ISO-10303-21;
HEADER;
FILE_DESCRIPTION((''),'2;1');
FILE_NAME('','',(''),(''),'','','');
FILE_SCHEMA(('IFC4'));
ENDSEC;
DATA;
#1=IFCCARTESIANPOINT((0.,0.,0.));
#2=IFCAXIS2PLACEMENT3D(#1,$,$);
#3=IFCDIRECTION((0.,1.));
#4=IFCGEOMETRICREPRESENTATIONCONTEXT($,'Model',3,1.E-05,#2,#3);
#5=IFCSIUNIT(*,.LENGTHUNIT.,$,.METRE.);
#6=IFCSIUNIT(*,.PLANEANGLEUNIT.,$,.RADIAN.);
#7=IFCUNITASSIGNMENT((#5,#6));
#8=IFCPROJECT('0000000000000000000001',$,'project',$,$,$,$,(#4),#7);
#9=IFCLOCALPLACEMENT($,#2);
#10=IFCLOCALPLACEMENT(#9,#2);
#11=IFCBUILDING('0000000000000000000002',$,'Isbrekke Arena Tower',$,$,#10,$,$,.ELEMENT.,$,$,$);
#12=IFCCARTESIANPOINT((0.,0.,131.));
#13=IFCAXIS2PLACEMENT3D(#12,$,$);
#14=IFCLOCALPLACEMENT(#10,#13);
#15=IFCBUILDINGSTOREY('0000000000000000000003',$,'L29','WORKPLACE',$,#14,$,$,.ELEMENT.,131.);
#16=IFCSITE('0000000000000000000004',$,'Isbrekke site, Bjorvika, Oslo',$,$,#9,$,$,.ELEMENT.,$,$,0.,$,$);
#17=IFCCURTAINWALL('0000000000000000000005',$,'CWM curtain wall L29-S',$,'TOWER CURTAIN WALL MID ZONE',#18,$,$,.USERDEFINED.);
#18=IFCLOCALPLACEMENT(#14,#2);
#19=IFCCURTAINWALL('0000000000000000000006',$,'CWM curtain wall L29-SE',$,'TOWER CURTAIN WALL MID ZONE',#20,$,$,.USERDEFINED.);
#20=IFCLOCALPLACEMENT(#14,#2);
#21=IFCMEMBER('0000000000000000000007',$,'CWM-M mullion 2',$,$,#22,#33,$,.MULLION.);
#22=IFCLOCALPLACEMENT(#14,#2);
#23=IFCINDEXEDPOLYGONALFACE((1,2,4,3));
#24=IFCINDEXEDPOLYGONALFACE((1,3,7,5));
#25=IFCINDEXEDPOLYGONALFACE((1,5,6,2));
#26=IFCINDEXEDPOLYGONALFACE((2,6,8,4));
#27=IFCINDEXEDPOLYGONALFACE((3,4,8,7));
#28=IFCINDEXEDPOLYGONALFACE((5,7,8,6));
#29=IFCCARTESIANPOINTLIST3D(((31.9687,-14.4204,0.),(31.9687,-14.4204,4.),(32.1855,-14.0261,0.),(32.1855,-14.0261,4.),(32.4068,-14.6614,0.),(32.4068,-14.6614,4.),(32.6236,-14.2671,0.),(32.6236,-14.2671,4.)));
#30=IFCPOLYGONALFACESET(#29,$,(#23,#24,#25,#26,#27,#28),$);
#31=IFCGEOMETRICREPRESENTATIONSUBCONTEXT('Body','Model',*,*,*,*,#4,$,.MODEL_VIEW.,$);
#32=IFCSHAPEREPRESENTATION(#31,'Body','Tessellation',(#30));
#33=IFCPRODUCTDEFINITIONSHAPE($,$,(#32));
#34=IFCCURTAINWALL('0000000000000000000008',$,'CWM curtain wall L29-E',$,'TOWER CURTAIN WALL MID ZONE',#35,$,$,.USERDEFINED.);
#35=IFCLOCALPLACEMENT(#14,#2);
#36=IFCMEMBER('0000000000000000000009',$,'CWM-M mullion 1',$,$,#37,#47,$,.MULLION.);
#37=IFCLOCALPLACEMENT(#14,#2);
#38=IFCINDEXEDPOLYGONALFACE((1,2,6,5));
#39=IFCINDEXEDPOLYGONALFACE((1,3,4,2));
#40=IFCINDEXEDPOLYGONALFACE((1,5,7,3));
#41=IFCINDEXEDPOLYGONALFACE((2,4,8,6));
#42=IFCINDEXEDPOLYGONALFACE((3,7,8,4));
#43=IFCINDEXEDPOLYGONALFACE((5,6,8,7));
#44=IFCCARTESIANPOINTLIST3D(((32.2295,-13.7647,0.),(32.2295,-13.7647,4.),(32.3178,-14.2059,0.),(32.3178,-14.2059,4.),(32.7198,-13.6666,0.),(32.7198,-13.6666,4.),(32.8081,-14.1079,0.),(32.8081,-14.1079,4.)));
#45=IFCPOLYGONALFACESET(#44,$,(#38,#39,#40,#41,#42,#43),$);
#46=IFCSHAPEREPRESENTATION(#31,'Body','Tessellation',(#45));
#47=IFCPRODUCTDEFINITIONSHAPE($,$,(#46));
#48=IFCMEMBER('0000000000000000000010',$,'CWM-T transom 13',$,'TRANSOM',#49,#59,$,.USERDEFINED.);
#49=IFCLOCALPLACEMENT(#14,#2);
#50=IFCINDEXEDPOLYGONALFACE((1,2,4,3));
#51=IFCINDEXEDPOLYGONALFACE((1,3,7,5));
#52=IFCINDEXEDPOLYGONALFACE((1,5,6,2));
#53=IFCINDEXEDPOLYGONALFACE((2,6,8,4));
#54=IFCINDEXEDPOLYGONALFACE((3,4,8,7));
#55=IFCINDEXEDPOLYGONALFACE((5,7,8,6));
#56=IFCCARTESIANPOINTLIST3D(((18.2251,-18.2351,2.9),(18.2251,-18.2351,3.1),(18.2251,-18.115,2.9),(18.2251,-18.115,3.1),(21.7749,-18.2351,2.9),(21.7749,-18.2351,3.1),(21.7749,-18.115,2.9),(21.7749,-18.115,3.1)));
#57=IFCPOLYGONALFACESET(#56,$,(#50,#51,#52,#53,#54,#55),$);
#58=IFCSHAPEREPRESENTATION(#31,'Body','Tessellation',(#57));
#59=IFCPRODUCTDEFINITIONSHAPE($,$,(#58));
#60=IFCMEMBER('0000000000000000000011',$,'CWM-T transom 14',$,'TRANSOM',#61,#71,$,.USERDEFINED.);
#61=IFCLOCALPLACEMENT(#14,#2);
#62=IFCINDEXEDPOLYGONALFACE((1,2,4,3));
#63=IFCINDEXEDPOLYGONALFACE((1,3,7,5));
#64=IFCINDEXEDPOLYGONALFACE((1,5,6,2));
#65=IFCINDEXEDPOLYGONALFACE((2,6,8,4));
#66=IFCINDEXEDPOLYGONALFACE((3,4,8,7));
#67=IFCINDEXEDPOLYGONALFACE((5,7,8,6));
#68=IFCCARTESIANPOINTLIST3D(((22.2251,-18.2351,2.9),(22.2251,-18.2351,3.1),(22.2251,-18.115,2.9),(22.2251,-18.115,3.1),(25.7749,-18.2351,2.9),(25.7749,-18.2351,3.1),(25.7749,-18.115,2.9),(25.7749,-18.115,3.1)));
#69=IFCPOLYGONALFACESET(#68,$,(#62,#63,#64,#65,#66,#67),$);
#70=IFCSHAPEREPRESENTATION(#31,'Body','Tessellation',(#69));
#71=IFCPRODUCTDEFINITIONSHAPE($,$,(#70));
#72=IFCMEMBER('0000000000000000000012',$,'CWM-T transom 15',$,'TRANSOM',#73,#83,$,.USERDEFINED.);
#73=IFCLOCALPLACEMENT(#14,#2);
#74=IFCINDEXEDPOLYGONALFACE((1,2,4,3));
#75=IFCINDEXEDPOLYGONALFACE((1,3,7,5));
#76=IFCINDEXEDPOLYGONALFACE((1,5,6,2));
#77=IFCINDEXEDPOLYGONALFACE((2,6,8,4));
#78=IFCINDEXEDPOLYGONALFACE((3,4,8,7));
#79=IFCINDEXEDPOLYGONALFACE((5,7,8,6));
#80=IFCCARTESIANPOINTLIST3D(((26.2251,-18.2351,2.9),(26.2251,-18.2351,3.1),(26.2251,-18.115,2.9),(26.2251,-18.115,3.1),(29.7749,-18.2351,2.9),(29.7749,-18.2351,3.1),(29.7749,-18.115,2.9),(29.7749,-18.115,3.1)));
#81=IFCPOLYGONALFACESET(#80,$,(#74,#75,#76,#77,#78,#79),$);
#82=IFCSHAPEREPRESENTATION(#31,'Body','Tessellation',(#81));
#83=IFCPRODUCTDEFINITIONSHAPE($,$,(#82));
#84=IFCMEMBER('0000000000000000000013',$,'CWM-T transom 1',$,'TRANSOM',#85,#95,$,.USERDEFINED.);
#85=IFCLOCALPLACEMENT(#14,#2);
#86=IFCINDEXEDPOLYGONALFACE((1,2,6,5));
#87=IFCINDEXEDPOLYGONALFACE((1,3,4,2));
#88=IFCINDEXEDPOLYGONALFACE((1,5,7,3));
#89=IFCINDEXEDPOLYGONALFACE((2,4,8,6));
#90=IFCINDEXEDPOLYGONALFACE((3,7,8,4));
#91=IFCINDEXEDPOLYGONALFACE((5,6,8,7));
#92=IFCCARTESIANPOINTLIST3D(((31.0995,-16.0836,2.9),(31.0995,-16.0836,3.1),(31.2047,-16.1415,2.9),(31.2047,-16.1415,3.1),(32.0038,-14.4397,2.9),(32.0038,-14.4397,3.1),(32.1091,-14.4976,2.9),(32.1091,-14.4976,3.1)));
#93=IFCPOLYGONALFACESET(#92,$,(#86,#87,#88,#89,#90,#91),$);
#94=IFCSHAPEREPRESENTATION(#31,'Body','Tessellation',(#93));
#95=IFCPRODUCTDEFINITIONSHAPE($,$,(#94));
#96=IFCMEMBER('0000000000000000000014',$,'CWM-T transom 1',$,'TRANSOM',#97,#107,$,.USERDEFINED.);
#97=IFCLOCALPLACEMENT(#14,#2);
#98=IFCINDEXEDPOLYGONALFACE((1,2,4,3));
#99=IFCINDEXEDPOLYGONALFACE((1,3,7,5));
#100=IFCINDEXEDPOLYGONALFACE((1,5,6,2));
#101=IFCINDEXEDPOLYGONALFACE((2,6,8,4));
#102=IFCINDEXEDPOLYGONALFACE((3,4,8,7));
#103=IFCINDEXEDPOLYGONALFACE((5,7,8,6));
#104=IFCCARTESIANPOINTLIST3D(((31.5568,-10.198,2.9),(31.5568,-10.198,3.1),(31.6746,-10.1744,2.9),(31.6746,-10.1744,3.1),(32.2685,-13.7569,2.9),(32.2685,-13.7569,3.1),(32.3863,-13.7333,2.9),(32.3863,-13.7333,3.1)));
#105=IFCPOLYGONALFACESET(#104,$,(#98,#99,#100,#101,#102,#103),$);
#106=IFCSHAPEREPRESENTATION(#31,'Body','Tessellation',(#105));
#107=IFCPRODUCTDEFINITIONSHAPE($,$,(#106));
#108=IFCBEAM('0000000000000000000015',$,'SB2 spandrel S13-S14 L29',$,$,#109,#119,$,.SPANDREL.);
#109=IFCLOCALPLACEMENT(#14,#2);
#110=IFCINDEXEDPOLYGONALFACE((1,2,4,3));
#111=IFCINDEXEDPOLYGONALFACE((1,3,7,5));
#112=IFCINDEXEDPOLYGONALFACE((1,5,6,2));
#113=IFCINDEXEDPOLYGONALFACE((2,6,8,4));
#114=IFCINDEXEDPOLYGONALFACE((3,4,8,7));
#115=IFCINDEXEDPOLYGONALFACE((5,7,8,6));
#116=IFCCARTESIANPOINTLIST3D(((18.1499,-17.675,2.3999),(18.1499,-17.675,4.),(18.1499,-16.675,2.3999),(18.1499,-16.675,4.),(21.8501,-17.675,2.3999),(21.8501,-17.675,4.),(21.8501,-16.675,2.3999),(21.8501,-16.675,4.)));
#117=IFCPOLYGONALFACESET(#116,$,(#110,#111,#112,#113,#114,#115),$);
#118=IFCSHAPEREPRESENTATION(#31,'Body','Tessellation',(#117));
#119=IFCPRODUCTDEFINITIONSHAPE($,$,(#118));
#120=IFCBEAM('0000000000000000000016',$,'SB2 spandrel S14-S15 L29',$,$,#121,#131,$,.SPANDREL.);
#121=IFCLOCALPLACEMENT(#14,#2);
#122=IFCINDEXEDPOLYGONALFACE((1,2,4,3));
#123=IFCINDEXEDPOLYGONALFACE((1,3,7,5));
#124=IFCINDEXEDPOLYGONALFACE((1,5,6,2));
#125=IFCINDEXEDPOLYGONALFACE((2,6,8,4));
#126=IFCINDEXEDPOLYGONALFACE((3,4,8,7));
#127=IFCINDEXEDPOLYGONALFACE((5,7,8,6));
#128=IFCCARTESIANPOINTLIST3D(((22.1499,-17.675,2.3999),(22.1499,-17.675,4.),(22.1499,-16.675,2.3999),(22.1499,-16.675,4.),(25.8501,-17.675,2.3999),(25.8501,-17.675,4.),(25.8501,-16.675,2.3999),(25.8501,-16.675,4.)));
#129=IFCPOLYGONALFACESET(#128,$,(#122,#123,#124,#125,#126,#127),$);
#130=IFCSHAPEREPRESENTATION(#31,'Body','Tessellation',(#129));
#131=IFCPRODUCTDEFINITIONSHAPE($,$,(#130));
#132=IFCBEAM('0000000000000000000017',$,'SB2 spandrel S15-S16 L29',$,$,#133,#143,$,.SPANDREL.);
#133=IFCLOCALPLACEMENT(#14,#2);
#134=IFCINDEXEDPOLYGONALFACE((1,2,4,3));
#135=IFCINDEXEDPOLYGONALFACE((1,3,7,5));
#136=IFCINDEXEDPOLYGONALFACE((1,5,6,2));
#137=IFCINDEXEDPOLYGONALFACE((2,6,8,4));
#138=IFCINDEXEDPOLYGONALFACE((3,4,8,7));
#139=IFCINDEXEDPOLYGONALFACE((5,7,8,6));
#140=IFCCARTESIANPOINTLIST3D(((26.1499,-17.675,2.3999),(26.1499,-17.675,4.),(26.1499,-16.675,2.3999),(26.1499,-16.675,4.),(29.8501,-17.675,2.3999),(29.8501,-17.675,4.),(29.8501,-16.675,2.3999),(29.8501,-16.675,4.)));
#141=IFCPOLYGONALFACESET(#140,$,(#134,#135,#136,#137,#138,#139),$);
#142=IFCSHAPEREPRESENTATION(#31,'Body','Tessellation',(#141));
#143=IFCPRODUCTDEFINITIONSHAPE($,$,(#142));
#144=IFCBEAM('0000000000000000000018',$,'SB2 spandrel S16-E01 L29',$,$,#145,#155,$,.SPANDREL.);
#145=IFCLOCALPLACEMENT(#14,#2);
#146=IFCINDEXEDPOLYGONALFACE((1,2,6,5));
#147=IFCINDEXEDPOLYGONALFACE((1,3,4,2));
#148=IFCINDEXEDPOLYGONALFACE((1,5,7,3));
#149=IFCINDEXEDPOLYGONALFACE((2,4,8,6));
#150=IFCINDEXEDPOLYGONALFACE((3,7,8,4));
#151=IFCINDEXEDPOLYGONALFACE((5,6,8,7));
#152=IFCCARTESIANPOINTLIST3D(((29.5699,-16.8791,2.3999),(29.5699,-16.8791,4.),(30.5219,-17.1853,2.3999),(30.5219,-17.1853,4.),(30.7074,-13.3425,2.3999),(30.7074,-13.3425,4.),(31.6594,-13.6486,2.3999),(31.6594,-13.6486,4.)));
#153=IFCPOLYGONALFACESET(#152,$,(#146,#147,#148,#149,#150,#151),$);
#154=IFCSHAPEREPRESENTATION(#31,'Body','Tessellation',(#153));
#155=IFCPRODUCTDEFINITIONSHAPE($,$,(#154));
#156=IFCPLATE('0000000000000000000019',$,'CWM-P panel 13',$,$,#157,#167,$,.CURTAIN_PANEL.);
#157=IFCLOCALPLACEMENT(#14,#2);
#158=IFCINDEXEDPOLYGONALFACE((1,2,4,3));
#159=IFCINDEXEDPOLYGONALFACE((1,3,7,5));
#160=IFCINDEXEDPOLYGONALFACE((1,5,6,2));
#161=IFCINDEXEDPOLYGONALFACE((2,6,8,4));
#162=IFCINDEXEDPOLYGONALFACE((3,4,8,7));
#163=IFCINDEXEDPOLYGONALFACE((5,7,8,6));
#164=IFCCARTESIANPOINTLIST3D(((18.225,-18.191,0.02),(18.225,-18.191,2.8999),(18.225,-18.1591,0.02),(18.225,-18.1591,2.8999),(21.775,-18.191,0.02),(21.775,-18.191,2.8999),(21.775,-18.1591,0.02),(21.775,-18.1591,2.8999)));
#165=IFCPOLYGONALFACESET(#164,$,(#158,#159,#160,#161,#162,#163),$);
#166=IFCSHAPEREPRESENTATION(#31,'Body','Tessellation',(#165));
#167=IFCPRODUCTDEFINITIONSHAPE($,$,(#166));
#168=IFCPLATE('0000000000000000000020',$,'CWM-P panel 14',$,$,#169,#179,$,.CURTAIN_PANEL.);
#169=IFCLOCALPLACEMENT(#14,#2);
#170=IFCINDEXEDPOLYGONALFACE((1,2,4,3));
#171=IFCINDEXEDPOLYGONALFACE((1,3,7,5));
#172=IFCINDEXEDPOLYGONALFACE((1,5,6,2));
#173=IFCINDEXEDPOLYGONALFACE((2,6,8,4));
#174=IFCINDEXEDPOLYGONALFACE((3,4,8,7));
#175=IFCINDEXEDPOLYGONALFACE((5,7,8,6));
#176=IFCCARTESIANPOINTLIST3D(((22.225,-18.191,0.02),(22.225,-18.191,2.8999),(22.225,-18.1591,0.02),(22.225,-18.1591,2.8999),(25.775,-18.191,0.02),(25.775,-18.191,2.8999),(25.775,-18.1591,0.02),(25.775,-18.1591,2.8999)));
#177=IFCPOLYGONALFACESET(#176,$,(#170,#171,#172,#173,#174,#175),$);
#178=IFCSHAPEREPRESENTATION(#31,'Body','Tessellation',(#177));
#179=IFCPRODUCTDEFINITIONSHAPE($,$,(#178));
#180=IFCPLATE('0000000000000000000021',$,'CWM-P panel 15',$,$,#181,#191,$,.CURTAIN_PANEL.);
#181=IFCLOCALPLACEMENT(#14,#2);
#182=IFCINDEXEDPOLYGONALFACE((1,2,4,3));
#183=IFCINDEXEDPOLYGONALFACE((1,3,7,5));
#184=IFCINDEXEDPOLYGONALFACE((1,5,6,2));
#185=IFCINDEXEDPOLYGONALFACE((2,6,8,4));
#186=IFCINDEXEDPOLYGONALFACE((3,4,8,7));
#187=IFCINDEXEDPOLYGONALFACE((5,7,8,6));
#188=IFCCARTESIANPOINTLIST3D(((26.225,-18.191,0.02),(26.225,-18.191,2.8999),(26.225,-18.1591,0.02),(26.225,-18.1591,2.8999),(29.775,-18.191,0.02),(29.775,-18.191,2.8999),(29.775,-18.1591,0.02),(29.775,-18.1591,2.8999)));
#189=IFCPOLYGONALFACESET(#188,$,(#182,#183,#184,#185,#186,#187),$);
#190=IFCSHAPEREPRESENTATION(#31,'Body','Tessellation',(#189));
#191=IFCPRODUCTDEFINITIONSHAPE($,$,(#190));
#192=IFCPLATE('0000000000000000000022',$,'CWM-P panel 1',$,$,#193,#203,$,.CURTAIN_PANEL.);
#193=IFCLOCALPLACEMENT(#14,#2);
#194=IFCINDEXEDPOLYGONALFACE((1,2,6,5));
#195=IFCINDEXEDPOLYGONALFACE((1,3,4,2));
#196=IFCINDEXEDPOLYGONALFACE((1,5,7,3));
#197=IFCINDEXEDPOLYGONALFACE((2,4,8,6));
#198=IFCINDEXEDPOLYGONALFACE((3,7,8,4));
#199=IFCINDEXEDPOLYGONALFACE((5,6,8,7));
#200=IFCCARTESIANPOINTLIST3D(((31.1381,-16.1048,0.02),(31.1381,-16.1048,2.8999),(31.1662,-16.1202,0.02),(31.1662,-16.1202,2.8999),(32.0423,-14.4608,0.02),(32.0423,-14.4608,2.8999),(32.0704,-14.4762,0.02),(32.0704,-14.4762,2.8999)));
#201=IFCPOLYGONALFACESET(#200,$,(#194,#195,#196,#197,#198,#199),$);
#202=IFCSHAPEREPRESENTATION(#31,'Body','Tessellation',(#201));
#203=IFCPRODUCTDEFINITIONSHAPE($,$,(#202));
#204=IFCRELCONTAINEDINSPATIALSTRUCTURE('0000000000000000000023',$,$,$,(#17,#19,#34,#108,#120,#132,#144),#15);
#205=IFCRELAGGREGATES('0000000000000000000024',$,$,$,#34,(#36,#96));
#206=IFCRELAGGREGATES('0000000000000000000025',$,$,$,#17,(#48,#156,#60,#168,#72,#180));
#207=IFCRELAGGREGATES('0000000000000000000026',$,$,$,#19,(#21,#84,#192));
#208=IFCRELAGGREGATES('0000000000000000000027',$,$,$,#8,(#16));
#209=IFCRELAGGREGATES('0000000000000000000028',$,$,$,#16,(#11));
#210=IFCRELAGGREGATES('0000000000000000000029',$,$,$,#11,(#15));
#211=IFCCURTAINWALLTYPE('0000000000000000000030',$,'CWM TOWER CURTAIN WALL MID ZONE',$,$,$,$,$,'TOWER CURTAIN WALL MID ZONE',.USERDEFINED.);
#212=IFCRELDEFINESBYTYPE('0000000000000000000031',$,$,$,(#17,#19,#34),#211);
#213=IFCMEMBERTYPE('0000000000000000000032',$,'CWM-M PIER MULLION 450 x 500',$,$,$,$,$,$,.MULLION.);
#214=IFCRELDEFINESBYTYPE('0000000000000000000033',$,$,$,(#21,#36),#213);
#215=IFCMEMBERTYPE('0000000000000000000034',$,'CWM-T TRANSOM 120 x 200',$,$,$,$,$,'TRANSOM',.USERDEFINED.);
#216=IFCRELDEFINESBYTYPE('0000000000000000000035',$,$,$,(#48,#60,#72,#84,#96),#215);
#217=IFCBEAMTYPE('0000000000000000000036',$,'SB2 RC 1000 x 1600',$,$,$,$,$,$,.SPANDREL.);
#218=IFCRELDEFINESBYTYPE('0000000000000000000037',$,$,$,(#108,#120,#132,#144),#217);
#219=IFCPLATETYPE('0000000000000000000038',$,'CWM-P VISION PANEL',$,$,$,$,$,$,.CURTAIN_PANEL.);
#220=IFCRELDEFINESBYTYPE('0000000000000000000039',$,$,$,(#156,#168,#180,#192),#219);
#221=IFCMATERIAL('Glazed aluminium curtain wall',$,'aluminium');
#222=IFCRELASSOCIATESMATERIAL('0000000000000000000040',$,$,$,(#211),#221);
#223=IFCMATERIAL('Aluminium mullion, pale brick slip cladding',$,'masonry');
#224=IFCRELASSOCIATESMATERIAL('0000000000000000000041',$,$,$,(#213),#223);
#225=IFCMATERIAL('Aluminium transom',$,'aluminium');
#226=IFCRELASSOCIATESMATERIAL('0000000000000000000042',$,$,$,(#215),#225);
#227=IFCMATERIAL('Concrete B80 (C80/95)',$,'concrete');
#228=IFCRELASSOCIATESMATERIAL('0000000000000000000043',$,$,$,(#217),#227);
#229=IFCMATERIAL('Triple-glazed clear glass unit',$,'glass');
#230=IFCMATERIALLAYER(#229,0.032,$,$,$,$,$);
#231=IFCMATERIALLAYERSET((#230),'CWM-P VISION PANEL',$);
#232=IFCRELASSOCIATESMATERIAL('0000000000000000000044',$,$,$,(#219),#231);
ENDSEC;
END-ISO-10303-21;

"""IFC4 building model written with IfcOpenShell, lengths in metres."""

from ifc_helpers import new_model, si_unit, direction, frame, origin, origin_2d, place, context, subcontext, project, spatial, rectangle, extrude, material, layer, layer_set, material_profile, profile_set, type_object, element, aggregate, save


model = new_model("IFC4")

# Units and contexts
model_context = context("Model", 3, precision=1e-05, world=origin(), true_north=direction((0.0, 1.0)))
body_context = subcontext(model_context, "Body", "Model", "MODEL_VIEW")
ifc_project = project(units=[si_unit("LENGTHUNIT", "METRE"), si_unit("PLANEANGLEUNIT", "RADIAN")], contexts=[model_context])

# Site, building, storey
site_placement = place(None, origin())
site = spatial("IfcSite", under=ifc_project, at=site_placement, Name="Isbrekke site, Bjorvika, Oslo", CompositionType="ELEMENT", RefElevation=0.0)
building_placement = place(site_placement, origin())
building = spatial("IfcBuilding", under=site, at=building_placement, Name="Isbrekke Arena Tower", CompositionType="ELEMENT")
storey_placement = place(building_placement, frame((0.0, 0.0, 131.0)))
storey = spatial("IfcBuildingStorey", under=building, at=storey_placement, Name="L29", Description="WORKPLACE", CompositionType="ELEMENT", Elevation=131.0)

# Curtain walls, member
ifc_material_1 = material(Name="Glazed aluminium curtain wall", Category="aluminium")
curtain_wall_type = type_object("IfcCurtainWallType", Name="CWM TOWER CURTAIN WALL MID ZONE", ElementType="TOWER CURTAIN WALL MID ZONE", PredefinedType="USERDEFINED", material=ifc_material_1)
curtain_wall_1_placement = place(storey_placement, origin())
curtain_wall_1 = element("IfcCurtainWall", 1, at=curtain_wall_1_placement, inside=storey, type_object=curtain_wall_type, Name="CWM curtain wall L29-S", ObjectType="TOWER CURTAIN WALL MID ZONE", PredefinedType="USERDEFINED")
ifc_material_2 = material(Name="Aluminium mullion, pale brick slip cladding", Category="masonry")
ifc_material_profile_1 = material_profile(ifc_material_2, rectangle(XDim=0.45, YDim=0.5, at=origin_2d()), Name="PIER 450X500")
ifc_profile_set_1 = profile_set([ifc_material_profile_1], Name="Aluminium mullion, pale brick slip cladding")
member_type_1 = type_object("IfcMemberType", Name="CWM-M PIER MULLION 450 x 500", PredefinedType="MULLION", material=ifc_profile_set_1)
curtain_wall_2_placement = place(storey_placement, origin())
curtain_wall_2 = element("IfcCurtainWall", 2, at=curtain_wall_2_placement, inside=storey, type_object=curtain_wall_type, Name="CWM curtain wall L29-SE", ObjectType="TOWER CURTAIN WALL MID ZONE", PredefinedType="USERDEFINED")
member_1_placement = place(storey_placement, frame((32.2961, -14.3438, 0.0), z_axis=(0.0, 0.0, 1.0), x_axis=(0.481919, 0.876216, 0.0)))
member_1 = element("IfcMember", 3, at=member_1_placement, type_object=member_type_1, Name="CWM-M mullion 2", PredefinedType="MULLION", context=body_context, shape_type="SweptSolid", body=[
    extrude(rectangle(XDim=0.45, YDim=0.5, at=origin_2d()), origin(), (0.0, 0.0, 1.0), 4.0),
])

# Curtain wall, member
curtain_wall_3_placement = place(storey_placement, origin())
curtain_wall_3 = element("IfcCurtainWall", 4, at=curtain_wall_3_placement, inside=storey, type_object=curtain_wall_type, Name="CWM curtain wall L29-E", ObjectType="TOWER CURTAIN WALL MID ZONE", PredefinedType="USERDEFINED")
member_2_placement = place(storey_placement, frame((32.5188, -13.9363, 0.0), z_axis=(0.0, 0.0, 1.0), x_axis=(-0.196116, 0.980581, 0.0)))
member_2 = element("IfcMember", 5, at=member_2_placement, type_object=member_type_1, Name="CWM-M mullion 1", PredefinedType="MULLION", context=body_context, shape_type="SweptSolid", body=[
    extrude(rectangle(XDim=0.45, YDim=0.5, at=origin_2d()), origin(), (0.0, 0.0, 1.0), 4.0),
])

# Members
ifc_material_3 = material(Name="Aluminium transom", Category="aluminium")
ifc_material_profile_2 = material_profile(ifc_material_3, rectangle(XDim=0.1201, YDim=0.2, at=origin_2d()), Name="TRANSOM 120X200")
ifc_profile_set_2 = profile_set([ifc_material_profile_2], Name="Aluminium transom")
member_type_2 = type_object("IfcMemberType", Name="CWM-T TRANSOM 120 x 200", ElementType="TRANSOM", PredefinedType="USERDEFINED", material=ifc_profile_set_2)
member_3_placement = place(storey_placement, frame((18.2251, -18.175, 3.0), z_axis=(1.0, 0.0, 0.0), x_axis=(0.0, 1.0, 0.0)))
member_3 = element("IfcMember", 6, at=member_3_placement, type_object=member_type_2, Name="CWM-T transom 13", ObjectType="TRANSOM", PredefinedType="USERDEFINED", context=body_context, shape_type="SweptSolid", body=[
    extrude(rectangle(XDim=0.1201, YDim=0.2, at=origin_2d()), origin(), (0.0, 0.0, 1.0), 3.5498),
])
member_4_placement = place(storey_placement, frame((22.2251, -18.175, 3.0), z_axis=(1.0, 0.0, 0.0), x_axis=(0.0, 1.0, 0.0)))
member_4 = element("IfcMember", 7, at=member_4_placement, type_object=member_type_2, Name="CWM-T transom 14", ObjectType="TRANSOM", PredefinedType="USERDEFINED", context=body_context, shape_type="SweptSolid", body=[
    extrude(rectangle(XDim=0.1201, YDim=0.2, at=origin_2d()), origin(), (0.0, 0.0, 1.0), 3.5498),
])
member_5_placement = place(storey_placement, frame((26.2251, -18.175, 3.0), z_axis=(1.0, 0.0, 0.0), x_axis=(0.0, 1.0, 0.0)))
member_5 = element("IfcMember", 8, at=member_5_placement, type_object=member_type_2, Name="CWM-T transom 15", ObjectType="TRANSOM", PredefinedType="USERDEFINED", context=body_context, shape_type="SweptSolid", body=[
    extrude(rectangle(XDim=0.1201, YDim=0.2, at=origin_2d()), origin(), (0.0, 0.0, 1.0), 3.5498),
])
member_6_placement = place(storey_placement, frame((31.1521, -16.1125, 3.0), z_axis=(0.482004, 0.876169, 0.0), x_axis=(-0.876169, 0.482004, 0.0)))
member_6 = element("IfcMember", 9, at=member_6_placement, type_object=member_type_2, Name="CWM-T transom 1", ObjectType="TRANSOM", PredefinedType="USERDEFINED", context=body_context, shape_type="SweptSolid", body=[
    extrude(rectangle(XDim=0.1201, YDim=0.2, at=origin_2d()), origin(), (0.0, 0.0, 1.0), 1.8762),
])
member_7_placement = place(storey_placement, frame((32.3274, -13.7451, 3.0), z_axis=(-0.19609, 0.980586, 0.0), x_axis=(-0.980586, -0.19609, 0.0)))
member_7 = element("IfcMember", 10, at=member_7_placement, type_object=member_type_2, Name="CWM-T transom 1", ObjectType="TRANSOM", PredefinedType="USERDEFINED", context=body_context, shape_type="SweptSolid", body=[
    extrude(rectangle(XDim=0.1201, YDim=0.2, at=origin_2d()), origin(), (0.0, 0.0, 1.0), 3.6294),
])
aggregate(curtain_wall_3, [member_2, member_7])

# Beams
ifc_material_4 = material(Name="Concrete B80 (C80/95)", Category="concrete")
ifc_material_profile_3 = material_profile(ifc_material_4, rectangle(XDim=1.0, YDim=1.6001, at=origin_2d()), Name="RC 1000x1600")
ifc_profile_set_3 = profile_set([ifc_material_profile_3], Name="Concrete B80 (C80/95)")
beam_type_1 = type_object("IfcBeamType", Name="SB2 RC 1000 x 1600", PredefinedType="SPANDREL", material=ifc_profile_set_3)
for number, where, z_axis, x_axis, name in (
    (11, (18.1499, -17.175, 3.2), (1.0, 0.0, 0.0), (0.0, 1.0, 0.0), "SB2 spandrel S13-S14 L29"),
    (12, (22.1499, -17.175, 3.2), (1.0, 0.0, 0.0), (0.0, 1.0, 0.0), "SB2 spandrel S14-S15 L29"),
    (13, (26.1499, -17.175, 3.2), (1.0, 0.0, 0.0), (0.0, 1.0, 0.0), "SB2 spandrel S15-S16 L29"),
):
    element("IfcBeam", number, at=place(storey_placement, frame(where, z_axis=z_axis, x_axis=x_axis)), inside=storey, type_object=beam_type_1, Name=name, PredefinedType="SPANDREL", context=body_context, shape_type="SweptSolid", body=[
        extrude(rectangle(XDim=1.0, YDim=1.6001, at=origin_2d()), origin(), (0.0, 0.0, 1.0), 3.7002),
    ])
beam_placement = place(storey_placement, frame((30.0459, -17.0322, 3.2), z_axis=(0.306175, 0.951975, 0.0), x_axis=(-0.951975, 0.306175, 0.0)))
element("IfcBeam", 14, at=beam_placement, inside=storey, type_object=beam_type_1, Name="SB2 spandrel S16-E01 L29", PredefinedType="SPANDREL", context=body_context, shape_type="SweptSolid", body=[
    extrude(rectangle(XDim=1.0, YDim=1.6001, at=origin_2d()), origin(), (0.0, 0.0, 1.0), 3.7151),
])

# Plates
ifc_material_5 = material(Name="Triple-glazed clear glass unit", Category="glass")
ifc_layer = layer(ifc_material_5, 0.032)
ifc_layer_set = layer_set([ifc_layer], Name="CWM-P VISION PANEL")
plate_type = type_object("IfcPlateType", Name="CWM-P VISION PANEL", PredefinedType="CURTAIN_PANEL", material=ifc_layer_set)
plate_1_placement = place(storey_placement, frame((20.0, -18.175, 0.02), z_axis=(0.0, 0.0, 1.0), x_axis=(1.0, 0.0, 0.0)))
plate_1 = element("IfcPlate", 15, at=plate_1_placement, type_object=plate_type, Name="CWM-P panel 13", PredefinedType="CURTAIN_PANEL", context=body_context, shape_type="SweptSolid", body=[
    extrude(rectangle(XDim=3.55, YDim=0.032, at=origin_2d()), origin(), (0.0, 0.0, 1.0), 2.8799),
])
plate_2_placement = place(storey_placement, frame((24.0, -18.175, 0.02), z_axis=(0.0, 0.0, 1.0), x_axis=(1.0, 0.0, 0.0)))
plate_2 = element("IfcPlate", 16, at=plate_2_placement, type_object=plate_type, Name="CWM-P panel 14", PredefinedType="CURTAIN_PANEL", context=body_context, shape_type="SweptSolid", body=[
    extrude(rectangle(XDim=3.55, YDim=0.032, at=origin_2d()), origin(), (0.0, 0.0, 1.0), 2.8799),
])
plate_3_placement = place(storey_placement, frame((28.0, -18.175, 0.02), z_axis=(0.0, 0.0, 1.0), x_axis=(1.0, 0.0, 0.0)))
plate_3 = element("IfcPlate", 17, at=plate_3_placement, type_object=plate_type, Name="CWM-P panel 15", PredefinedType="CURTAIN_PANEL", context=body_context, shape_type="SweptSolid", body=[
    extrude(rectangle(XDim=3.55, YDim=0.032, at=origin_2d()), origin(), (0.0, 0.0, 1.0), 2.8799),
])
aggregate(curtain_wall_1, [member_3, plate_1, member_4, plate_2, member_5, plate_3])
plate_4_placement = place(storey_placement, frame((31.6042, -15.2905, 0.02), z_axis=(0.0, 0.0, 1.0), x_axis=(0.481919, 0.876216, 0.0)))
plate_4 = element("IfcPlate", 18, at=plate_4_placement, type_object=plate_type, Name="CWM-P panel 1", PredefinedType="CURTAIN_PANEL", context=body_context, shape_type="SweptSolid", body=[
    extrude(rectangle(XDim=1.8762, YDim=0.032, at=origin_2d()), origin(), (0.0, 0.0, 1.0), 2.8799),
])
aggregate(curtain_wall_2, [member_1, member_6, plate_4])

save(model, "model.ifc")
